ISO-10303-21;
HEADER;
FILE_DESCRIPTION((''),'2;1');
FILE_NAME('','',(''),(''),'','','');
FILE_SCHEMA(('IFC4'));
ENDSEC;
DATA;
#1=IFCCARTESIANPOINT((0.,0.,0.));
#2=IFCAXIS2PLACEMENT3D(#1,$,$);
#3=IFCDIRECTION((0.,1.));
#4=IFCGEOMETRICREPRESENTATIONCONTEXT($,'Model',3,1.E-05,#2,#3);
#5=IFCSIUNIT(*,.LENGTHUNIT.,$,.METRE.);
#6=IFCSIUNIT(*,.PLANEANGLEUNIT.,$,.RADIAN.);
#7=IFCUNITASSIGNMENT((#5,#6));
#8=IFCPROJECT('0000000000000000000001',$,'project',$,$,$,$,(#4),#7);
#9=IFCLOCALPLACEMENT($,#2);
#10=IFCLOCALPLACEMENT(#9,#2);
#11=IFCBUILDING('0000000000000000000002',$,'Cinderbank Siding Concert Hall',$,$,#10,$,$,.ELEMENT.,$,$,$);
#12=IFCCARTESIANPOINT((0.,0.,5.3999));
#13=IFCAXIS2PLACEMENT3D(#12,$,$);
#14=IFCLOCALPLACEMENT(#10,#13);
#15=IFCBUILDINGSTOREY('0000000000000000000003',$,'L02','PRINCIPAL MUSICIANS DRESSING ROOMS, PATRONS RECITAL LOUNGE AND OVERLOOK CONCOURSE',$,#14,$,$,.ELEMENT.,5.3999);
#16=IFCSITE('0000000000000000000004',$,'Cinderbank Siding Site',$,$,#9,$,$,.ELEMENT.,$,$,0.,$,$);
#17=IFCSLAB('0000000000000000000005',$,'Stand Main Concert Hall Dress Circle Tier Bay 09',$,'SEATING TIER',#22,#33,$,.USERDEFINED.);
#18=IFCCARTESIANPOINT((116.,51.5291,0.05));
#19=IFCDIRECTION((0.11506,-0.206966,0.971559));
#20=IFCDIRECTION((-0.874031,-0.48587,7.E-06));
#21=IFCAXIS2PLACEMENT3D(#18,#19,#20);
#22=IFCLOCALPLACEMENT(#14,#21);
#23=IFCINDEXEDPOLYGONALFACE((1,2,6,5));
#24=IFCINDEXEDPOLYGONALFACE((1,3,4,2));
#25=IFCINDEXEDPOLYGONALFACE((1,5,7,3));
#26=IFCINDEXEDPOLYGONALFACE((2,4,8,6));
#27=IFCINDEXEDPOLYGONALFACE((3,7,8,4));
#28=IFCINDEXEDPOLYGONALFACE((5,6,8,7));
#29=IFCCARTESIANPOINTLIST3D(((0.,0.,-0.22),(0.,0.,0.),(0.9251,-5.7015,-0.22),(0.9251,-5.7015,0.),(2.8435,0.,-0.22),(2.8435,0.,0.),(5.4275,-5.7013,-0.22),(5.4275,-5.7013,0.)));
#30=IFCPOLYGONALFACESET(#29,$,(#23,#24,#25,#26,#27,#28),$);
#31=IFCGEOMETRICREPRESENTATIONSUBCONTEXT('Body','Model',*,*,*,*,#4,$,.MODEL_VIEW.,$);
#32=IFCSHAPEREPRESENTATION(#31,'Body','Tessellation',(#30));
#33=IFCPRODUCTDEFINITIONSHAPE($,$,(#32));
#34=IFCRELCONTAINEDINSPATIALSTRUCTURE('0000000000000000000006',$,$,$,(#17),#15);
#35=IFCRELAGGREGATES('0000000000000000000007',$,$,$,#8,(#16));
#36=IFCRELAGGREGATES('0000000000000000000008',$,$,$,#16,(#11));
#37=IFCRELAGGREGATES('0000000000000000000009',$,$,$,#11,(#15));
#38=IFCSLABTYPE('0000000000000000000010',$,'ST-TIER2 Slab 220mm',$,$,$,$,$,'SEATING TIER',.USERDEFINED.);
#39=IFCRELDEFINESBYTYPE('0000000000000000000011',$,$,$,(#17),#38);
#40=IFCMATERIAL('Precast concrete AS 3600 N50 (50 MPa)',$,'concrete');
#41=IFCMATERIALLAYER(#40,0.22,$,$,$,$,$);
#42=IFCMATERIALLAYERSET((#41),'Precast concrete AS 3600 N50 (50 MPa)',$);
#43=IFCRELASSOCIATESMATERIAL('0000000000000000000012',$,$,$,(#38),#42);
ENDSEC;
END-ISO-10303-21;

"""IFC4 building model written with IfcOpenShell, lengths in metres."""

from ifc_helpers import new_model, si_unit, direction, frame, origin, place, context, subcontext, project, spatial, polyline, outline, extrude, material, layer, layer_set, type_object, element, save


model = new_model("IFC4")

# Units and contexts
model_context = context("Model", 3, precision=1e-05, world=origin(), true_north=direction((0.0, 1.0)))
body_context = subcontext(model_context, "Body", "Model", "MODEL_VIEW")
ifc_project = project(units=[si_unit("LENGTHUNIT", "METRE"), si_unit("PLANEANGLEUNIT", "RADIAN")], contexts=[model_context])

# Site, building, storey
site_placement = place(None, origin())
site = spatial("IfcSite", under=ifc_project, at=site_placement, Name="Cinderbank Siding Site", CompositionType="ELEMENT", RefElevation=0.0)
building_placement = place(site_placement, origin())
building = spatial("IfcBuilding", under=site, at=building_placement, Name="Cinderbank Siding Concert Hall", CompositionType="ELEMENT")
storey_placement = place(building_placement, frame((0.0, 0.0, 5.3999)))
storey = spatial("IfcBuildingStorey", under=building, at=storey_placement, Name="L02", Description="PRINCIPAL MUSICIANS DRESSING ROOMS, PATRONS RECITAL LOUNGE AND OVERLOOK CONCOURSE", CompositionType="ELEMENT", Elevation=5.3999)

# Slab
ifc_material_1 = material(Name="Precast concrete AS 3600 N50 (50 MPa)", Category="concrete")
ifc_layer_1 = layer(ifc_material_1, 0.22)
ifc_layer_set_1 = layer_set([ifc_layer_1], Name="Precast concrete AS 3600 N50 (50 MPa)")
slab_type = type_object("IfcSlabType", Name="ST-TIER2 Slab 220mm", ElementType="SEATING TIER", PredefinedType="USERDEFINED", material=ifc_layer_set_1)
slab_1_placement = place(storey_placement, frame((116.0, 51.5291, 0.05), z_axis=(0.11506, -0.206966, 0.971559), x_axis=(-0.874031, -0.48587, 0.000007)))
element("IfcSlab", 1, at=slab_1_placement, inside=storey, type_object=slab_type, Name="Stand Main Concert Hall Dress Circle Tier Bay 09", ObjectType="SEATING TIER", PredefinedType="USERDEFINED", context=body_context, shape_type="SweptSolid", body=[
    extrude(outline(polyline([(0.0, 0.0), (2.8435, 0.0), (5.4275, -5.7013), (0.9251, -5.7015), (0.0, 0.0)])), origin(), (0.0, 0.0, -1.0), 0.22),
])

save(model, "model.ifc")
